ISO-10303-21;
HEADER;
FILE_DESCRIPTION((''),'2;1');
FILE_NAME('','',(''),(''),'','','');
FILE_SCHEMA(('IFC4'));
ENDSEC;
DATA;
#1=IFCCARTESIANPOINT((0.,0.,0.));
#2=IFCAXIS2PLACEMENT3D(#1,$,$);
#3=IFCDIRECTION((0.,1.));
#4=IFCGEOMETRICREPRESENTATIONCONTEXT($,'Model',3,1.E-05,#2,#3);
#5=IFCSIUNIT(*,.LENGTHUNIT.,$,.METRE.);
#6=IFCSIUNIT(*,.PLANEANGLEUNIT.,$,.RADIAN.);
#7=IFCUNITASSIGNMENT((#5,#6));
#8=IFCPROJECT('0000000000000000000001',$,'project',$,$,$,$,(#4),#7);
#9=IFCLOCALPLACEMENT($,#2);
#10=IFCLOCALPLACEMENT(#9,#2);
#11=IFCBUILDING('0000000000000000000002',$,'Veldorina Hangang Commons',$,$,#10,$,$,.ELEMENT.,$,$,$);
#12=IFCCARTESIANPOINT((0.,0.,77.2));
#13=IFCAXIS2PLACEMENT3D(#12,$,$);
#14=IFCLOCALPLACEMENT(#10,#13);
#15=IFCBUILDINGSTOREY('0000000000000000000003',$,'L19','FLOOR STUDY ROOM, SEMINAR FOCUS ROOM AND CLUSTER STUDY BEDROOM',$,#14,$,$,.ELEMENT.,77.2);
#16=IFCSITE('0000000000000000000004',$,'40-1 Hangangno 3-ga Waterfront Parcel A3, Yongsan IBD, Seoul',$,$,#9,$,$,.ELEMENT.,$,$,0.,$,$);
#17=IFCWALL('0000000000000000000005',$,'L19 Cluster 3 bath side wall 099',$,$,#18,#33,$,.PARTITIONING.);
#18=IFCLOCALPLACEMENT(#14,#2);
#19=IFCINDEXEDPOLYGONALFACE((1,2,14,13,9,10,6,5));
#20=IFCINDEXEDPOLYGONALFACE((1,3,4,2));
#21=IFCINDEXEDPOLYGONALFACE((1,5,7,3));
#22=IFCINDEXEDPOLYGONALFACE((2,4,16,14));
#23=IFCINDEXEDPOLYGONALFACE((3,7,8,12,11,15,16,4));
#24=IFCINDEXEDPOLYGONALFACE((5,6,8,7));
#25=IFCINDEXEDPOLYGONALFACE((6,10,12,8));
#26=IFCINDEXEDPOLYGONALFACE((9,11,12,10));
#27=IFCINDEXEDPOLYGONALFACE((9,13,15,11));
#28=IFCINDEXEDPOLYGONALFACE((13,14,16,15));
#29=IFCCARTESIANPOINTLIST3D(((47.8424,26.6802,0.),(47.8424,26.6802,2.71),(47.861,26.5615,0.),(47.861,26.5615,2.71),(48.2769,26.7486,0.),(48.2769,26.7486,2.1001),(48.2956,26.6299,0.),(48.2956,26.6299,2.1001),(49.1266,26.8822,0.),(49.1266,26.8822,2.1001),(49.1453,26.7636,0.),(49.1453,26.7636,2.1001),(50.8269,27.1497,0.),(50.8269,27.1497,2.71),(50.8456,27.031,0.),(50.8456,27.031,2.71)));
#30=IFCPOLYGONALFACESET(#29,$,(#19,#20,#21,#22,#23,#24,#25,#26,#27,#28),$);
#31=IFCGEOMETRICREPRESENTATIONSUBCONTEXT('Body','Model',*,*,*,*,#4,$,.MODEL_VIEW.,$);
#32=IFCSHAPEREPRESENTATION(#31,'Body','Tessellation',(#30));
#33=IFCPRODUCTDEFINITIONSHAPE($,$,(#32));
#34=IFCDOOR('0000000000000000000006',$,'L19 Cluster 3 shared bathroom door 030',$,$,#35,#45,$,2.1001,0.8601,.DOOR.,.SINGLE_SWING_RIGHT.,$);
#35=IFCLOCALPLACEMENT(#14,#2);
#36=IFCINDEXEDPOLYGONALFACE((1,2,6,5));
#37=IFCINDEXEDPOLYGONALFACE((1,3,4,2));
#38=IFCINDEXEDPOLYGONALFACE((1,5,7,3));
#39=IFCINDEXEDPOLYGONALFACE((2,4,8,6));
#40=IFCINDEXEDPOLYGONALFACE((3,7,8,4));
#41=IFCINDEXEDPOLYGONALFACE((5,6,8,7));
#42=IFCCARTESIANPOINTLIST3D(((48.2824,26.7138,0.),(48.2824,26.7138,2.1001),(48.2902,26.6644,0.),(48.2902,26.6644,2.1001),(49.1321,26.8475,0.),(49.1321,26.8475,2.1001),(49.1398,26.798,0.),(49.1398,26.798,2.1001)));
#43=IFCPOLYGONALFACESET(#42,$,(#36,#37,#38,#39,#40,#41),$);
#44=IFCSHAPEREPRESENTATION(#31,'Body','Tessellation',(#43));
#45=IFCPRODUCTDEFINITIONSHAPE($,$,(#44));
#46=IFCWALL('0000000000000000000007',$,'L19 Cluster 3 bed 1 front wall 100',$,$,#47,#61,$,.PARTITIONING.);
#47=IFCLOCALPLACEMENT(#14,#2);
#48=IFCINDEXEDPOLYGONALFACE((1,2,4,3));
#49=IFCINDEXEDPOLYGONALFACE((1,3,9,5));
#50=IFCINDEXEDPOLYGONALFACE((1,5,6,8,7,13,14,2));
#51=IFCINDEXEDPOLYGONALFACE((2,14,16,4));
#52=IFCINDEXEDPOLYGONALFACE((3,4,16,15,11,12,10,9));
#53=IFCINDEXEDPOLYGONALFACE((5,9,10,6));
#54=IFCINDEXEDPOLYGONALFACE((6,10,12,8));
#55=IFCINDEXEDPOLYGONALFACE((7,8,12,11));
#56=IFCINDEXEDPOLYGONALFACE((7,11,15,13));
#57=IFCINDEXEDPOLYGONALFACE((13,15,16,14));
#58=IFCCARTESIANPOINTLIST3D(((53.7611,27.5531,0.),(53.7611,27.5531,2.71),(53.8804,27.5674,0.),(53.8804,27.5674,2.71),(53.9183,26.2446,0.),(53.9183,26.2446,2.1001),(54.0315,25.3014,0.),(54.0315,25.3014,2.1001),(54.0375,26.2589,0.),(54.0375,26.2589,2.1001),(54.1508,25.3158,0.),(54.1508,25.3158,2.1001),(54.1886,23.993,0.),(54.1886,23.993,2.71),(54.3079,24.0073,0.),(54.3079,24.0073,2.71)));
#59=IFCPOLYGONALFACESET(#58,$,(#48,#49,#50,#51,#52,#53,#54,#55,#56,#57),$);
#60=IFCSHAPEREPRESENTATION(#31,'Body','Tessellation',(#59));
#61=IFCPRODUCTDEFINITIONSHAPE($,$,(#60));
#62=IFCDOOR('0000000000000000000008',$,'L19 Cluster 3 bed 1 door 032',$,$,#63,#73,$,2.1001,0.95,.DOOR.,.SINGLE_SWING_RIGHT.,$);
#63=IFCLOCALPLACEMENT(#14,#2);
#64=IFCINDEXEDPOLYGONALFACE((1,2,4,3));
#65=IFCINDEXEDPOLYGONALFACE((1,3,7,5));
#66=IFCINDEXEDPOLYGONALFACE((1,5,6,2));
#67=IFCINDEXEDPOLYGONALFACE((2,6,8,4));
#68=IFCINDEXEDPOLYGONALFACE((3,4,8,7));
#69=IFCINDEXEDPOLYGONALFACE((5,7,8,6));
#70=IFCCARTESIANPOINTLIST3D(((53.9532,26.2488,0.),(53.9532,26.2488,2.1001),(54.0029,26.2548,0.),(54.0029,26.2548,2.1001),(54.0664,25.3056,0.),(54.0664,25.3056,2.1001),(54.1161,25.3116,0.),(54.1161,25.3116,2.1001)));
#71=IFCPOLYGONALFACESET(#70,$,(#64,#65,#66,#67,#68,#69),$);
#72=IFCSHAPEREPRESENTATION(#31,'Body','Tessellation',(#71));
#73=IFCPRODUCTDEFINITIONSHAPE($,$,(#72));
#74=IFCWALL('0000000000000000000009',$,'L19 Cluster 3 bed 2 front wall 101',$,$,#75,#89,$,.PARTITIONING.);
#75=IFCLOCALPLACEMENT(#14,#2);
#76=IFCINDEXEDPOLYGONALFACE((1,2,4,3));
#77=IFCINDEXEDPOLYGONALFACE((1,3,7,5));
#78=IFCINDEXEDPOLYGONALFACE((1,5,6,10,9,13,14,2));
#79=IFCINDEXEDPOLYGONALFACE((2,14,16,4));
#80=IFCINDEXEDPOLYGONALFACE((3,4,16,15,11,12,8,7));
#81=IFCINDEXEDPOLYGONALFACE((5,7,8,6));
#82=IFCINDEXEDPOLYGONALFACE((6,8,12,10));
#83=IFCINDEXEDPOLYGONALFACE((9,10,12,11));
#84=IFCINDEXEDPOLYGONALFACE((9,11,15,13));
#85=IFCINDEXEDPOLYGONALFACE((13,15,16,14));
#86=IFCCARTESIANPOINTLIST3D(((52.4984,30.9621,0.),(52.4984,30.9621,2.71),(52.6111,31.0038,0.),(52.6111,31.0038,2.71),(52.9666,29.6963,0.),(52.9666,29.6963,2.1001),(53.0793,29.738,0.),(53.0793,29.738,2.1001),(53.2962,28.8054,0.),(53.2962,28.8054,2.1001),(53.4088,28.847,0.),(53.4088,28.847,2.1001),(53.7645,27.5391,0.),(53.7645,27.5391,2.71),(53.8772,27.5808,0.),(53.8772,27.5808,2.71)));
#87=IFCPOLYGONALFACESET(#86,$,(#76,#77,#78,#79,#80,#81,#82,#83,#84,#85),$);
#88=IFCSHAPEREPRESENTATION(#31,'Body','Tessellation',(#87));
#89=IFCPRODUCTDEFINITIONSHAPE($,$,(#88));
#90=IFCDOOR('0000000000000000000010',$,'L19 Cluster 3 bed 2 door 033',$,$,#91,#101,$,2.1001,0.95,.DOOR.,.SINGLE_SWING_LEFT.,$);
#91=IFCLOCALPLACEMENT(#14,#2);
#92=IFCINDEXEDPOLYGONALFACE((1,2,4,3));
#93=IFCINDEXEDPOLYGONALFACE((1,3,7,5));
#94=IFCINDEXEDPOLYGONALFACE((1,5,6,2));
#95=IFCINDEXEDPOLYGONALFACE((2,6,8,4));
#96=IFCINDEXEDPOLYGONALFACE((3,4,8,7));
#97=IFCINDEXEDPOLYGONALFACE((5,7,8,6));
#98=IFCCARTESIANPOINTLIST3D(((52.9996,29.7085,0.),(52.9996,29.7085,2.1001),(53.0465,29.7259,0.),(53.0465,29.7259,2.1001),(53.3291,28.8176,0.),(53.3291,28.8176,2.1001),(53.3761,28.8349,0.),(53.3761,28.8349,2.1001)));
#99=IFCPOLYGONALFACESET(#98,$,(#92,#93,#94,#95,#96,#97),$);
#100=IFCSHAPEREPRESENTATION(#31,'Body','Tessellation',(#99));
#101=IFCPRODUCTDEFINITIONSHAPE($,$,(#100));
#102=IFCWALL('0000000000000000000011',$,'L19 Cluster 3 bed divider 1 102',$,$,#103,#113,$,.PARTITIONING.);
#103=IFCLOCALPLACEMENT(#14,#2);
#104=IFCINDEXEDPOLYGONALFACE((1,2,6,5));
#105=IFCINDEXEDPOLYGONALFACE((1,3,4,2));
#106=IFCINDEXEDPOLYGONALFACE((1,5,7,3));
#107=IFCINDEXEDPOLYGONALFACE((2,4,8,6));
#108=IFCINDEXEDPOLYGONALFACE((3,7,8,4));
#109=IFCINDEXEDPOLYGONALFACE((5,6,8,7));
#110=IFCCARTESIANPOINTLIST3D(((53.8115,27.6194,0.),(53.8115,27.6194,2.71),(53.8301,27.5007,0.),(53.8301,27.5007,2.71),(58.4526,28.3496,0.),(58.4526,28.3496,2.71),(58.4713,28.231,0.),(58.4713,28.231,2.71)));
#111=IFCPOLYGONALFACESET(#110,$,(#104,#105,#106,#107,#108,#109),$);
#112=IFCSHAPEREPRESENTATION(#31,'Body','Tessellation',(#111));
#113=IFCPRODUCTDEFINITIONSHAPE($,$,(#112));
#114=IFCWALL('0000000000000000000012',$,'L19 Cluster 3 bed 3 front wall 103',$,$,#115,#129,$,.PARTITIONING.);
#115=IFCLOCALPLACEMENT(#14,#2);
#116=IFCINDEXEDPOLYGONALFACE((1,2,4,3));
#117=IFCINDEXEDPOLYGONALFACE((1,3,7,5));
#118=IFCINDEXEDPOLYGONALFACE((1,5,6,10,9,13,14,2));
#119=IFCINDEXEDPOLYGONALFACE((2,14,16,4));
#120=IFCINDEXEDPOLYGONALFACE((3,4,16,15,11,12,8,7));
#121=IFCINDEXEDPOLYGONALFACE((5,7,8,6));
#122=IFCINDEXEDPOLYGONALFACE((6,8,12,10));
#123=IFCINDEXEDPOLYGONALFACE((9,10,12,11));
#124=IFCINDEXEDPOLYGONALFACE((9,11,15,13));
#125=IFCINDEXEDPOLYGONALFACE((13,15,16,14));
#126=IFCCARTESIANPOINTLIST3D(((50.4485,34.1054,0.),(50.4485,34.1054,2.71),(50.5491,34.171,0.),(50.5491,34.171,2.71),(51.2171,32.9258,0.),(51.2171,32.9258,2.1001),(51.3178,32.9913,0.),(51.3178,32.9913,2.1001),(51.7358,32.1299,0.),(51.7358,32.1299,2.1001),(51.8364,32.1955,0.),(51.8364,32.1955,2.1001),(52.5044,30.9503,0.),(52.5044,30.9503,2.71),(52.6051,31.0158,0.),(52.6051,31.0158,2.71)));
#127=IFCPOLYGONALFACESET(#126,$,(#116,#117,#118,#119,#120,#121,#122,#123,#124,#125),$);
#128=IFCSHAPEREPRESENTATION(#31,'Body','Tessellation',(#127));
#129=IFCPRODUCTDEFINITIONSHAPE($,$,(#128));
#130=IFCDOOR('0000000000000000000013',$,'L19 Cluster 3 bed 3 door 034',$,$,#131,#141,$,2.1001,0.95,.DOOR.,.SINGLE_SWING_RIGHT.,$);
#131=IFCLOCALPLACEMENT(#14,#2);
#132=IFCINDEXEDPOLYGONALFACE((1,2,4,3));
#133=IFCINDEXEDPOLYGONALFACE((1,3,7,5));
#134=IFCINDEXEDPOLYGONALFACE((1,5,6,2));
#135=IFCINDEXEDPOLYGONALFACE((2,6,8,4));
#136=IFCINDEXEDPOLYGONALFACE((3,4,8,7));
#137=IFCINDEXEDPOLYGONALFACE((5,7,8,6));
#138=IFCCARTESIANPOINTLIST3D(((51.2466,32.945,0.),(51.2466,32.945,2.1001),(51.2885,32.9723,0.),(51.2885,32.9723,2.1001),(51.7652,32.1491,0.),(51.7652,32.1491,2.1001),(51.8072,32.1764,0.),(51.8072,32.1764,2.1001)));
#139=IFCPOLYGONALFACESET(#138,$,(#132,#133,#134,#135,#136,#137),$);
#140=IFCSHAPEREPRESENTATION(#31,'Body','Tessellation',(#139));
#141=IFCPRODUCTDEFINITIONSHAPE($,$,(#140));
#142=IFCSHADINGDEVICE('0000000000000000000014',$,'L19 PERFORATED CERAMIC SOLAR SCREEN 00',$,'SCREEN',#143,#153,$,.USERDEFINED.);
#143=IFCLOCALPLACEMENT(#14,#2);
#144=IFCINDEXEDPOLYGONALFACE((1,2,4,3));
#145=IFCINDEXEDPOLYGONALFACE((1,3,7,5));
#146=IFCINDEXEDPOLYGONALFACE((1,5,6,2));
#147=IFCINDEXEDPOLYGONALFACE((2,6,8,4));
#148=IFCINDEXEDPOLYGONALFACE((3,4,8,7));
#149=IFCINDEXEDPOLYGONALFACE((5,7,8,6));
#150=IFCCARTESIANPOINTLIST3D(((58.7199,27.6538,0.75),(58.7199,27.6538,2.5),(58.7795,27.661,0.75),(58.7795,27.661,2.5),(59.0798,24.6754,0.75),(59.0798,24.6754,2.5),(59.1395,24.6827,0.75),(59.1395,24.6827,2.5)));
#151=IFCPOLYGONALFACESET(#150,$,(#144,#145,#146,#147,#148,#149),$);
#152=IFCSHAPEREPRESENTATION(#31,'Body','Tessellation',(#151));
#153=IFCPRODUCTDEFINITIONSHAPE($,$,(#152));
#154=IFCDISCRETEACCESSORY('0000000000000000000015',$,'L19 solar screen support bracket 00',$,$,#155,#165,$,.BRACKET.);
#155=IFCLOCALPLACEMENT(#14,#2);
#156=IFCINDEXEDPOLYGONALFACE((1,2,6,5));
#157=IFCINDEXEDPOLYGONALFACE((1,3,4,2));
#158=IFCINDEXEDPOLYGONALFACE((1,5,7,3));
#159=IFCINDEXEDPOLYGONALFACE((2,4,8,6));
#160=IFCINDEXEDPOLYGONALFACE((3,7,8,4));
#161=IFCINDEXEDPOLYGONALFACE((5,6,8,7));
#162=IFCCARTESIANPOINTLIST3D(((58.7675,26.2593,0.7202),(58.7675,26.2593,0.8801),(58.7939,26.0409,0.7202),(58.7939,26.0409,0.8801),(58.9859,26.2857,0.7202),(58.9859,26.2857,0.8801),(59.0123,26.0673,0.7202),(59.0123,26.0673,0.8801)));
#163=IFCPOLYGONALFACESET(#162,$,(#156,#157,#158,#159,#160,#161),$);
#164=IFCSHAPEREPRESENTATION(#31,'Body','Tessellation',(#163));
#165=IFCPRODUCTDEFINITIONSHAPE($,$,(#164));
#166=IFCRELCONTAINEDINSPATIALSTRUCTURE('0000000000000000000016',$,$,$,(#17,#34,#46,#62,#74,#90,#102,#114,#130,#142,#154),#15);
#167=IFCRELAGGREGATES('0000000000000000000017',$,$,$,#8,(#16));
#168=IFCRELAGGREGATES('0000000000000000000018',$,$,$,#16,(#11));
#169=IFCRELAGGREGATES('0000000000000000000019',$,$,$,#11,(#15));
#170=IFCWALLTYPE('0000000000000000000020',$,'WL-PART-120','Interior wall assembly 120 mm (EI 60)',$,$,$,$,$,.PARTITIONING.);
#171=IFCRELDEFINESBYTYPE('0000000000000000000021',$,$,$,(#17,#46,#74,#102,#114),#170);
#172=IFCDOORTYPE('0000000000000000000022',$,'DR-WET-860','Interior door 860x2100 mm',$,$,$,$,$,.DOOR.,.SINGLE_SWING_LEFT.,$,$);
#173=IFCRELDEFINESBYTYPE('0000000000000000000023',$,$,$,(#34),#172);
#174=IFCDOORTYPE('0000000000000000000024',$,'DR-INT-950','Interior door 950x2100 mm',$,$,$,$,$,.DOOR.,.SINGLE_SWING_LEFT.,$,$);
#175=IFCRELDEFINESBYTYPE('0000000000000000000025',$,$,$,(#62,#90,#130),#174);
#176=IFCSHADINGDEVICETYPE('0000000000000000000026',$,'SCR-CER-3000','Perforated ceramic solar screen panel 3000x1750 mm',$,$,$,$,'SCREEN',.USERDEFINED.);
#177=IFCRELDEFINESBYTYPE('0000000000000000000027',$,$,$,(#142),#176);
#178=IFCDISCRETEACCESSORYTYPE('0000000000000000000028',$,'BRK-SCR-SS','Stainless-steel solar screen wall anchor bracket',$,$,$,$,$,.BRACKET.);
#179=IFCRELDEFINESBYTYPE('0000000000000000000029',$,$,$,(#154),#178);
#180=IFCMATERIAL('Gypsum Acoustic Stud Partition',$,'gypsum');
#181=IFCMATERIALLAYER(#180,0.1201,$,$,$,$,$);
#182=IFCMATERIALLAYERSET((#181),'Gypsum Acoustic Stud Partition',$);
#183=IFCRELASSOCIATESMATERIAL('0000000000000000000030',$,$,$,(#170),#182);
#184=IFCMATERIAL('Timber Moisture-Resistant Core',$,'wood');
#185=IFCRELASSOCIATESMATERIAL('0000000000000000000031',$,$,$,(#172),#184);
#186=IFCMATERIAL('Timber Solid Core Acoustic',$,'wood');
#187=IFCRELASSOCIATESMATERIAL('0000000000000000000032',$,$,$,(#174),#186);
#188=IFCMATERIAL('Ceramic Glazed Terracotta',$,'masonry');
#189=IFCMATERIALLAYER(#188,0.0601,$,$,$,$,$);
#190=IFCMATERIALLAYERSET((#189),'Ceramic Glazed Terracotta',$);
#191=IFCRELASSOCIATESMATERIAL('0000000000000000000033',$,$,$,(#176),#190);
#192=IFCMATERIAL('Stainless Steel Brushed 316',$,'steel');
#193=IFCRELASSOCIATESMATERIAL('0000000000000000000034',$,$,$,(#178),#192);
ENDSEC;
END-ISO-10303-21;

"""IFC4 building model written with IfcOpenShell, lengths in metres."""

from ifc_helpers import new_model, si_unit, direction, frame, frame_2d, origin, origin_2d, place, context, subcontext, project, spatial, rectangle, extrude, material, layer, layer_set, type_object, element, fill, save


model = new_model("IFC4")

# Units and contexts
model_context = context("Model", 3, precision=1e-05, world=origin(), true_north=direction((0.0, 1.0)))
body_context = subcontext(model_context, "Body", "Model", "MODEL_VIEW")
ifc_project = project(units=[si_unit("LENGTHUNIT", "METRE"), si_unit("PLANEANGLEUNIT", "RADIAN")], contexts=[model_context])

# Site, building, storey
site_placement = place(None, origin())
site = spatial("IfcSite", under=ifc_project, at=site_placement, Name="40-1 Hangangno 3-ga Waterfront Parcel A3, Yongsan IBD, Seoul", CompositionType="ELEMENT", RefElevation=0.0)
building_placement = place(site_placement, origin())
building = spatial("IfcBuilding", under=site, at=building_placement, Name="Veldorina Hangang Commons", CompositionType="ELEMENT")
storey_placement = place(building_placement, frame((0.0, 0.0, 77.2)))
storey = spatial("IfcBuildingStorey", under=building, at=storey_placement, Name="L19", Description="FLOOR STUDY ROOM, SEMINAR FOCUS ROOM AND CLUSTER STUDY BEDROOM", CompositionType="ELEMENT", Elevation=77.2)

# Shared definitions
ifc_material_1 = material(Name="Gypsum Acoustic Stud Partition", Category="gypsum")
ifc_layer_1 = layer(ifc_material_1, 0.1201)
ifc_layer_set_1 = layer_set([ifc_layer_1], Name="Gypsum Acoustic Stud Partition")
wall_type_1 = type_object("IfcWallType", Name="WL-PART-120", Description="Interior wall assembly 120 mm (EI 60)", PredefinedType="PARTITIONING", material=ifc_layer_set_1)

# Walls, openings, doors
wall_1_placement = place(storey_placement, frame((47.8516, 26.6208, 0.0), z_axis=(0.0, 0.0, 1.0), x_axis=(0.987853, 0.15539, 0.0)))
wall_1 = element("IfcWall", 1, at=wall_1_placement, inside=storey, type_object=wall_type_1, Name="L19 Cluster 3 bath side wall 099", PredefinedType="PARTITIONING", context=body_context, shape_type="SweptSolid", body=[
    extrude(rectangle(XDim=3.0212, YDim=0.1201, at=frame_2d((1.5107, 0.0))), origin(), (0.0, 0.0, 1.0), 2.71),
])
opening_1_placement = place(wall_1_placement, frame((0.4399, 0.0, 0.0)))
opening_1 = element("IfcOpeningElement", 2, at=opening_1_placement, cuts=wall_1, PredefinedType="OPENING", context=body_context, shape_type="SweptSolid", body=[
    extrude(rectangle(XDim=0.8601, YDim=2.1001, at=frame_2d((0.4302, 1.05))), frame((0.0, 0.0701, 0.0), z_axis=(0.0, -1.0, 0.0), x_axis=(1.0, 0.0, 0.0)), (0.0, 0.0, 1.0), 0.1401),
])
ifc_material_2 = material(Name="Timber Moisture-Resistant Core", Category="wood")
door_type_1 = type_object("IfcDoorType", Name="DR-WET-860", Description="Interior door 860x2100 mm", OperationType="SINGLE_SWING_LEFT", PredefinedType="DOOR", material=ifc_material_2)
door_1_placement = place(opening_1_placement, origin())
door_1 = element("IfcDoor", 3, at=door_1_placement, inside=storey, type_object=door_type_1, Name="L19 Cluster 3 shared bathroom door 030", OperationType="SINGLE_SWING_RIGHT", OverallHeight=2.1001, OverallWidth=0.8601, PredefinedType="DOOR", context=body_context, shape_type="SweptSolid", body=[
    extrude(rectangle(XDim=0.8601, YDim=2.1001, at=frame_2d((0.4302, 1.05))), frame((0.0, 0.0249, 0.0), z_axis=(0.0, -1.0, 0.0), x_axis=(1.0, 0.0, 0.0)), (0.0, 0.0, 1.0), 0.05),
])
fill(opening_1, door_1)
wall_2_placement = place(storey_placement, frame((54.2483, 24.0, 0.0), z_axis=(0.0, 0.0, 1.0), x_axis=(-0.119223, 0.992867, 0.0)))
wall_2 = element("IfcWall", 4, at=wall_2_placement, inside=storey, type_object=wall_type_1, Name="L19 Cluster 3 bed 1 front wall 100", PredefinedType="PARTITIONING", context=body_context, shape_type="SweptSolid", body=[
    extrude(rectangle(XDim=3.5857, YDim=0.1201, at=frame_2d((1.793, 0.0))), origin(), (0.0, 0.0, 1.0), 2.71),
])
opening_2_placement = place(wall_2_placement, frame((1.3179, 0.0, 0.0)))
opening_2 = element("IfcOpeningElement", 5, at=opening_2_placement, cuts=wall_2, PredefinedType="OPENING", context=body_context, shape_type="SweptSolid", body=[
    extrude(rectangle(XDim=0.95, YDim=2.1001, at=frame_2d((0.4751, 1.05))), frame((0.0, 0.0701, 0.0), z_axis=(0.0, -1.0, 0.0), x_axis=(1.0, 0.0, 0.0)), (0.0, 0.0, 1.0), 0.1401),
])
ifc_material_3 = material(Name="Timber Solid Core Acoustic", Category="wood")
door_type_2 = type_object("IfcDoorType", Name="DR-INT-950", Description="Interior door 950x2100 mm", OperationType="SINGLE_SWING_LEFT", PredefinedType="DOOR", material=ifc_material_3)
door_2_placement = place(opening_2_placement, origin())
door_2 = element("IfcDoor", 6, at=door_2_placement, inside=storey, type_object=door_type_2, Name="L19 Cluster 3 bed 1 door 032", OperationType="SINGLE_SWING_RIGHT", OverallHeight=2.1001, OverallWidth=0.95, PredefinedType="DOOR", context=body_context, shape_type="SweptSolid", body=[
    extrude(rectangle(XDim=0.95, YDim=2.1001, at=frame_2d((0.4751, 1.05))), frame((0.0, 0.0249, 0.0), z_axis=(0.0, -1.0, 0.0), x_axis=(1.0, 0.0, 0.0)), (0.0, 0.0, 1.0), 0.05),
])
fill(opening_2, door_2)
wall_3_placement = place(storey_placement, frame((53.8208, 27.5601, 0.0), z_axis=(0.0, 0.0, 1.0), x_axis=(-0.346905, 0.9379, 0.0)))
wall_3 = element("IfcWall", 7, at=wall_3_placement, inside=storey, type_object=wall_type_1, Name="L19 Cluster 3 bed 2 front wall 101", PredefinedType="PARTITIONING", context=body_context, shape_type="SweptSolid", body=[
    extrude(rectangle(XDim=3.6497, YDim=0.1201, at=frame_2d((1.8247, 0.0))), origin(), (0.0, 0.0, 1.0), 2.71),
])
opening_3_placement = place(wall_3_placement, frame((1.3499, 0.0, 0.0)))
opening_3 = element("IfcOpeningElement", 8, at=opening_3_placement, cuts=wall_3, PredefinedType="OPENING", context=body_context, shape_type="SweptSolid", body=[
    extrude(rectangle(XDim=0.95, YDim=2.1001, at=frame_2d((0.4751, 1.05))), frame((0.0, 0.0701, 0.0), z_axis=(0.0, -1.0, 0.0), x_axis=(1.0, 0.0, 0.0)), (0.0, 0.0, 1.0), 0.1401),
])
door_3_placement = place(opening_3_placement, origin())
door_3 = element("IfcDoor", 9, at=door_3_placement, inside=storey, type_object=door_type_2, Name="L19 Cluster 3 bed 2 door 033", OperationType="SINGLE_SWING_LEFT", OverallHeight=2.1001, OverallWidth=0.95, PredefinedType="DOOR", context=body_context, shape_type="SweptSolid", body=[
    extrude(rectangle(XDim=0.95, YDim=2.1001, at=frame_2d((0.4751, 1.05))), frame((0.0, 0.0249, 0.0), z_axis=(0.0, -1.0, 0.0), x_axis=(1.0, 0.0, 0.0)), (0.0, 0.0, 1.0), 0.05),
])
fill(opening_3, door_3)

# Wall
wall_4_placement = place(storey_placement, frame((53.8208, 27.5601, 0.0), z_axis=(0.0, 0.0, 1.0), x_axis=(0.987848, 0.155426, 0.0)))
element("IfcWall", 10, at=wall_4_placement, inside=storey, type_object=wall_type_1, Name="L19 Cluster 3 bed divider 1 102", PredefinedType="PARTITIONING", context=body_context, shape_type="SweptSolid", body=[
    extrude(rectangle(XDim=4.6982, YDim=0.1201, at=frame_2d((2.3491, 0.0))), origin(), (0.0, 0.0, 1.0), 2.71),
])

# Wall, opening, door
wall_5_placement = place(storey_placement, frame((52.5547, 30.9832, 0.0), z_axis=(0.0, 0.0, 1.0), x_axis=(-0.545947, 0.837819, 0.0)))
wall_5 = element("IfcWall", 11, at=wall_5_placement, inside=storey, type_object=wall_type_1, Name="L19 Cluster 3 bed 3 front wall 103", PredefinedType="PARTITIONING", context=body_context, shape_type="SweptSolid", body=[
    extrude(rectangle(XDim=3.7659, YDim=0.1201, at=frame_2d((1.8828, 0.0))), origin(), (0.0, 0.0, 1.0), 2.71),
])
opening_4_placement = place(wall_5_placement, frame((1.4077, 0.0, 0.0)))
opening_4 = element("IfcOpeningElement", 12, at=opening_4_placement, cuts=wall_5, PredefinedType="OPENING", context=body_context, shape_type="SweptSolid", body=[
    extrude(rectangle(XDim=0.95, YDim=2.1001, at=frame_2d((0.4751, 1.05))), frame((0.0, 0.0701, 0.0), z_axis=(0.0, -1.0, 0.0), x_axis=(1.0, 0.0, 0.0)), (0.0, 0.0, 1.0), 0.1401),
])
door_4_placement = place(opening_4_placement, origin())
door_4 = element("IfcDoor", 13, at=door_4_placement, inside=storey, type_object=door_type_2, Name="L19 Cluster 3 bed 3 door 034", OperationType="SINGLE_SWING_RIGHT", OverallHeight=2.1001, OverallWidth=0.95, PredefinedType="DOOR", context=body_context, shape_type="SweptSolid", body=[
    extrude(rectangle(XDim=0.95, YDim=2.1001, at=frame_2d((0.4751, 1.05))), frame((0.0, 0.0249, 0.0), z_axis=(0.0, -1.0, 0.0), x_axis=(1.0, 0.0, 0.0)), (0.0, 0.0, 1.0), 0.05),
])
fill(opening_4, door_4)

# Shading device
ifc_material_4 = material(Name="Ceramic Glazed Terracotta", Category="masonry")
ifc_layer_2 = layer(ifc_material_4, 0.0601)
ifc_layer_set_2 = layer_set([ifc_layer_2], Name="Ceramic Glazed Terracotta")
shading_device_type = type_object("IfcShadingDeviceType", Name="SCR-CER-3000", Description="Perforated ceramic solar screen panel 3000x1750 mm", ElementType="SCREEN", PredefinedType="USERDEFINED", material=ifc_layer_set_2)
shading_device_placement = place(storey_placement, frame((58.9297, 26.1682, 0.75), z_axis=(0.0, 0.0, 1.0), x_axis=(-0.119981, 0.992776, 0.0)))
element("IfcShadingDevice", 14, at=shading_device_placement, inside=storey, type_object=shading_device_type, Name="L19 PERFORATED CERAMIC SOLAR SCREEN 00", ObjectType="SCREEN", PredefinedType="USERDEFINED", context=body_context, shape_type="SweptSolid", body=[
    extrude(rectangle(XDim=3.0, YDim=0.0601, at=origin_2d()), origin(), (0.0, 0.0, 1.0), 1.75),
])

# Discrete accessory
ifc_material_5 = material(Name="Stainless Steel Brushed 316", Category="steel")
discrete_accessory_type = type_object("IfcDiscreteAccessoryType", Name="BRK-SCR-SS", Description="Stainless-steel solar screen wall anchor bracket", PredefinedType="BRACKET", material=ifc_material_5)
discrete_accessory_placement = place(storey_placement, frame((58.8899, 26.1633, 0.7202), z_axis=(0.0, 0.0, 1.0), x_axis=(-0.119981, 0.992776, 0.0)))
element("IfcDiscreteAccessory", 15, at=discrete_accessory_placement, inside=storey, type_object=discrete_accessory_type, Name="L19 solar screen support bracket 00", PredefinedType="BRACKET", context=body_context, shape_type="SweptSolid", body=[
    extrude(rectangle(XDim=0.22, YDim=0.22, at=origin_2d()), origin(), (0.0, 0.0, 1.0), 0.1599),
])

save(model, "model.ifc")
